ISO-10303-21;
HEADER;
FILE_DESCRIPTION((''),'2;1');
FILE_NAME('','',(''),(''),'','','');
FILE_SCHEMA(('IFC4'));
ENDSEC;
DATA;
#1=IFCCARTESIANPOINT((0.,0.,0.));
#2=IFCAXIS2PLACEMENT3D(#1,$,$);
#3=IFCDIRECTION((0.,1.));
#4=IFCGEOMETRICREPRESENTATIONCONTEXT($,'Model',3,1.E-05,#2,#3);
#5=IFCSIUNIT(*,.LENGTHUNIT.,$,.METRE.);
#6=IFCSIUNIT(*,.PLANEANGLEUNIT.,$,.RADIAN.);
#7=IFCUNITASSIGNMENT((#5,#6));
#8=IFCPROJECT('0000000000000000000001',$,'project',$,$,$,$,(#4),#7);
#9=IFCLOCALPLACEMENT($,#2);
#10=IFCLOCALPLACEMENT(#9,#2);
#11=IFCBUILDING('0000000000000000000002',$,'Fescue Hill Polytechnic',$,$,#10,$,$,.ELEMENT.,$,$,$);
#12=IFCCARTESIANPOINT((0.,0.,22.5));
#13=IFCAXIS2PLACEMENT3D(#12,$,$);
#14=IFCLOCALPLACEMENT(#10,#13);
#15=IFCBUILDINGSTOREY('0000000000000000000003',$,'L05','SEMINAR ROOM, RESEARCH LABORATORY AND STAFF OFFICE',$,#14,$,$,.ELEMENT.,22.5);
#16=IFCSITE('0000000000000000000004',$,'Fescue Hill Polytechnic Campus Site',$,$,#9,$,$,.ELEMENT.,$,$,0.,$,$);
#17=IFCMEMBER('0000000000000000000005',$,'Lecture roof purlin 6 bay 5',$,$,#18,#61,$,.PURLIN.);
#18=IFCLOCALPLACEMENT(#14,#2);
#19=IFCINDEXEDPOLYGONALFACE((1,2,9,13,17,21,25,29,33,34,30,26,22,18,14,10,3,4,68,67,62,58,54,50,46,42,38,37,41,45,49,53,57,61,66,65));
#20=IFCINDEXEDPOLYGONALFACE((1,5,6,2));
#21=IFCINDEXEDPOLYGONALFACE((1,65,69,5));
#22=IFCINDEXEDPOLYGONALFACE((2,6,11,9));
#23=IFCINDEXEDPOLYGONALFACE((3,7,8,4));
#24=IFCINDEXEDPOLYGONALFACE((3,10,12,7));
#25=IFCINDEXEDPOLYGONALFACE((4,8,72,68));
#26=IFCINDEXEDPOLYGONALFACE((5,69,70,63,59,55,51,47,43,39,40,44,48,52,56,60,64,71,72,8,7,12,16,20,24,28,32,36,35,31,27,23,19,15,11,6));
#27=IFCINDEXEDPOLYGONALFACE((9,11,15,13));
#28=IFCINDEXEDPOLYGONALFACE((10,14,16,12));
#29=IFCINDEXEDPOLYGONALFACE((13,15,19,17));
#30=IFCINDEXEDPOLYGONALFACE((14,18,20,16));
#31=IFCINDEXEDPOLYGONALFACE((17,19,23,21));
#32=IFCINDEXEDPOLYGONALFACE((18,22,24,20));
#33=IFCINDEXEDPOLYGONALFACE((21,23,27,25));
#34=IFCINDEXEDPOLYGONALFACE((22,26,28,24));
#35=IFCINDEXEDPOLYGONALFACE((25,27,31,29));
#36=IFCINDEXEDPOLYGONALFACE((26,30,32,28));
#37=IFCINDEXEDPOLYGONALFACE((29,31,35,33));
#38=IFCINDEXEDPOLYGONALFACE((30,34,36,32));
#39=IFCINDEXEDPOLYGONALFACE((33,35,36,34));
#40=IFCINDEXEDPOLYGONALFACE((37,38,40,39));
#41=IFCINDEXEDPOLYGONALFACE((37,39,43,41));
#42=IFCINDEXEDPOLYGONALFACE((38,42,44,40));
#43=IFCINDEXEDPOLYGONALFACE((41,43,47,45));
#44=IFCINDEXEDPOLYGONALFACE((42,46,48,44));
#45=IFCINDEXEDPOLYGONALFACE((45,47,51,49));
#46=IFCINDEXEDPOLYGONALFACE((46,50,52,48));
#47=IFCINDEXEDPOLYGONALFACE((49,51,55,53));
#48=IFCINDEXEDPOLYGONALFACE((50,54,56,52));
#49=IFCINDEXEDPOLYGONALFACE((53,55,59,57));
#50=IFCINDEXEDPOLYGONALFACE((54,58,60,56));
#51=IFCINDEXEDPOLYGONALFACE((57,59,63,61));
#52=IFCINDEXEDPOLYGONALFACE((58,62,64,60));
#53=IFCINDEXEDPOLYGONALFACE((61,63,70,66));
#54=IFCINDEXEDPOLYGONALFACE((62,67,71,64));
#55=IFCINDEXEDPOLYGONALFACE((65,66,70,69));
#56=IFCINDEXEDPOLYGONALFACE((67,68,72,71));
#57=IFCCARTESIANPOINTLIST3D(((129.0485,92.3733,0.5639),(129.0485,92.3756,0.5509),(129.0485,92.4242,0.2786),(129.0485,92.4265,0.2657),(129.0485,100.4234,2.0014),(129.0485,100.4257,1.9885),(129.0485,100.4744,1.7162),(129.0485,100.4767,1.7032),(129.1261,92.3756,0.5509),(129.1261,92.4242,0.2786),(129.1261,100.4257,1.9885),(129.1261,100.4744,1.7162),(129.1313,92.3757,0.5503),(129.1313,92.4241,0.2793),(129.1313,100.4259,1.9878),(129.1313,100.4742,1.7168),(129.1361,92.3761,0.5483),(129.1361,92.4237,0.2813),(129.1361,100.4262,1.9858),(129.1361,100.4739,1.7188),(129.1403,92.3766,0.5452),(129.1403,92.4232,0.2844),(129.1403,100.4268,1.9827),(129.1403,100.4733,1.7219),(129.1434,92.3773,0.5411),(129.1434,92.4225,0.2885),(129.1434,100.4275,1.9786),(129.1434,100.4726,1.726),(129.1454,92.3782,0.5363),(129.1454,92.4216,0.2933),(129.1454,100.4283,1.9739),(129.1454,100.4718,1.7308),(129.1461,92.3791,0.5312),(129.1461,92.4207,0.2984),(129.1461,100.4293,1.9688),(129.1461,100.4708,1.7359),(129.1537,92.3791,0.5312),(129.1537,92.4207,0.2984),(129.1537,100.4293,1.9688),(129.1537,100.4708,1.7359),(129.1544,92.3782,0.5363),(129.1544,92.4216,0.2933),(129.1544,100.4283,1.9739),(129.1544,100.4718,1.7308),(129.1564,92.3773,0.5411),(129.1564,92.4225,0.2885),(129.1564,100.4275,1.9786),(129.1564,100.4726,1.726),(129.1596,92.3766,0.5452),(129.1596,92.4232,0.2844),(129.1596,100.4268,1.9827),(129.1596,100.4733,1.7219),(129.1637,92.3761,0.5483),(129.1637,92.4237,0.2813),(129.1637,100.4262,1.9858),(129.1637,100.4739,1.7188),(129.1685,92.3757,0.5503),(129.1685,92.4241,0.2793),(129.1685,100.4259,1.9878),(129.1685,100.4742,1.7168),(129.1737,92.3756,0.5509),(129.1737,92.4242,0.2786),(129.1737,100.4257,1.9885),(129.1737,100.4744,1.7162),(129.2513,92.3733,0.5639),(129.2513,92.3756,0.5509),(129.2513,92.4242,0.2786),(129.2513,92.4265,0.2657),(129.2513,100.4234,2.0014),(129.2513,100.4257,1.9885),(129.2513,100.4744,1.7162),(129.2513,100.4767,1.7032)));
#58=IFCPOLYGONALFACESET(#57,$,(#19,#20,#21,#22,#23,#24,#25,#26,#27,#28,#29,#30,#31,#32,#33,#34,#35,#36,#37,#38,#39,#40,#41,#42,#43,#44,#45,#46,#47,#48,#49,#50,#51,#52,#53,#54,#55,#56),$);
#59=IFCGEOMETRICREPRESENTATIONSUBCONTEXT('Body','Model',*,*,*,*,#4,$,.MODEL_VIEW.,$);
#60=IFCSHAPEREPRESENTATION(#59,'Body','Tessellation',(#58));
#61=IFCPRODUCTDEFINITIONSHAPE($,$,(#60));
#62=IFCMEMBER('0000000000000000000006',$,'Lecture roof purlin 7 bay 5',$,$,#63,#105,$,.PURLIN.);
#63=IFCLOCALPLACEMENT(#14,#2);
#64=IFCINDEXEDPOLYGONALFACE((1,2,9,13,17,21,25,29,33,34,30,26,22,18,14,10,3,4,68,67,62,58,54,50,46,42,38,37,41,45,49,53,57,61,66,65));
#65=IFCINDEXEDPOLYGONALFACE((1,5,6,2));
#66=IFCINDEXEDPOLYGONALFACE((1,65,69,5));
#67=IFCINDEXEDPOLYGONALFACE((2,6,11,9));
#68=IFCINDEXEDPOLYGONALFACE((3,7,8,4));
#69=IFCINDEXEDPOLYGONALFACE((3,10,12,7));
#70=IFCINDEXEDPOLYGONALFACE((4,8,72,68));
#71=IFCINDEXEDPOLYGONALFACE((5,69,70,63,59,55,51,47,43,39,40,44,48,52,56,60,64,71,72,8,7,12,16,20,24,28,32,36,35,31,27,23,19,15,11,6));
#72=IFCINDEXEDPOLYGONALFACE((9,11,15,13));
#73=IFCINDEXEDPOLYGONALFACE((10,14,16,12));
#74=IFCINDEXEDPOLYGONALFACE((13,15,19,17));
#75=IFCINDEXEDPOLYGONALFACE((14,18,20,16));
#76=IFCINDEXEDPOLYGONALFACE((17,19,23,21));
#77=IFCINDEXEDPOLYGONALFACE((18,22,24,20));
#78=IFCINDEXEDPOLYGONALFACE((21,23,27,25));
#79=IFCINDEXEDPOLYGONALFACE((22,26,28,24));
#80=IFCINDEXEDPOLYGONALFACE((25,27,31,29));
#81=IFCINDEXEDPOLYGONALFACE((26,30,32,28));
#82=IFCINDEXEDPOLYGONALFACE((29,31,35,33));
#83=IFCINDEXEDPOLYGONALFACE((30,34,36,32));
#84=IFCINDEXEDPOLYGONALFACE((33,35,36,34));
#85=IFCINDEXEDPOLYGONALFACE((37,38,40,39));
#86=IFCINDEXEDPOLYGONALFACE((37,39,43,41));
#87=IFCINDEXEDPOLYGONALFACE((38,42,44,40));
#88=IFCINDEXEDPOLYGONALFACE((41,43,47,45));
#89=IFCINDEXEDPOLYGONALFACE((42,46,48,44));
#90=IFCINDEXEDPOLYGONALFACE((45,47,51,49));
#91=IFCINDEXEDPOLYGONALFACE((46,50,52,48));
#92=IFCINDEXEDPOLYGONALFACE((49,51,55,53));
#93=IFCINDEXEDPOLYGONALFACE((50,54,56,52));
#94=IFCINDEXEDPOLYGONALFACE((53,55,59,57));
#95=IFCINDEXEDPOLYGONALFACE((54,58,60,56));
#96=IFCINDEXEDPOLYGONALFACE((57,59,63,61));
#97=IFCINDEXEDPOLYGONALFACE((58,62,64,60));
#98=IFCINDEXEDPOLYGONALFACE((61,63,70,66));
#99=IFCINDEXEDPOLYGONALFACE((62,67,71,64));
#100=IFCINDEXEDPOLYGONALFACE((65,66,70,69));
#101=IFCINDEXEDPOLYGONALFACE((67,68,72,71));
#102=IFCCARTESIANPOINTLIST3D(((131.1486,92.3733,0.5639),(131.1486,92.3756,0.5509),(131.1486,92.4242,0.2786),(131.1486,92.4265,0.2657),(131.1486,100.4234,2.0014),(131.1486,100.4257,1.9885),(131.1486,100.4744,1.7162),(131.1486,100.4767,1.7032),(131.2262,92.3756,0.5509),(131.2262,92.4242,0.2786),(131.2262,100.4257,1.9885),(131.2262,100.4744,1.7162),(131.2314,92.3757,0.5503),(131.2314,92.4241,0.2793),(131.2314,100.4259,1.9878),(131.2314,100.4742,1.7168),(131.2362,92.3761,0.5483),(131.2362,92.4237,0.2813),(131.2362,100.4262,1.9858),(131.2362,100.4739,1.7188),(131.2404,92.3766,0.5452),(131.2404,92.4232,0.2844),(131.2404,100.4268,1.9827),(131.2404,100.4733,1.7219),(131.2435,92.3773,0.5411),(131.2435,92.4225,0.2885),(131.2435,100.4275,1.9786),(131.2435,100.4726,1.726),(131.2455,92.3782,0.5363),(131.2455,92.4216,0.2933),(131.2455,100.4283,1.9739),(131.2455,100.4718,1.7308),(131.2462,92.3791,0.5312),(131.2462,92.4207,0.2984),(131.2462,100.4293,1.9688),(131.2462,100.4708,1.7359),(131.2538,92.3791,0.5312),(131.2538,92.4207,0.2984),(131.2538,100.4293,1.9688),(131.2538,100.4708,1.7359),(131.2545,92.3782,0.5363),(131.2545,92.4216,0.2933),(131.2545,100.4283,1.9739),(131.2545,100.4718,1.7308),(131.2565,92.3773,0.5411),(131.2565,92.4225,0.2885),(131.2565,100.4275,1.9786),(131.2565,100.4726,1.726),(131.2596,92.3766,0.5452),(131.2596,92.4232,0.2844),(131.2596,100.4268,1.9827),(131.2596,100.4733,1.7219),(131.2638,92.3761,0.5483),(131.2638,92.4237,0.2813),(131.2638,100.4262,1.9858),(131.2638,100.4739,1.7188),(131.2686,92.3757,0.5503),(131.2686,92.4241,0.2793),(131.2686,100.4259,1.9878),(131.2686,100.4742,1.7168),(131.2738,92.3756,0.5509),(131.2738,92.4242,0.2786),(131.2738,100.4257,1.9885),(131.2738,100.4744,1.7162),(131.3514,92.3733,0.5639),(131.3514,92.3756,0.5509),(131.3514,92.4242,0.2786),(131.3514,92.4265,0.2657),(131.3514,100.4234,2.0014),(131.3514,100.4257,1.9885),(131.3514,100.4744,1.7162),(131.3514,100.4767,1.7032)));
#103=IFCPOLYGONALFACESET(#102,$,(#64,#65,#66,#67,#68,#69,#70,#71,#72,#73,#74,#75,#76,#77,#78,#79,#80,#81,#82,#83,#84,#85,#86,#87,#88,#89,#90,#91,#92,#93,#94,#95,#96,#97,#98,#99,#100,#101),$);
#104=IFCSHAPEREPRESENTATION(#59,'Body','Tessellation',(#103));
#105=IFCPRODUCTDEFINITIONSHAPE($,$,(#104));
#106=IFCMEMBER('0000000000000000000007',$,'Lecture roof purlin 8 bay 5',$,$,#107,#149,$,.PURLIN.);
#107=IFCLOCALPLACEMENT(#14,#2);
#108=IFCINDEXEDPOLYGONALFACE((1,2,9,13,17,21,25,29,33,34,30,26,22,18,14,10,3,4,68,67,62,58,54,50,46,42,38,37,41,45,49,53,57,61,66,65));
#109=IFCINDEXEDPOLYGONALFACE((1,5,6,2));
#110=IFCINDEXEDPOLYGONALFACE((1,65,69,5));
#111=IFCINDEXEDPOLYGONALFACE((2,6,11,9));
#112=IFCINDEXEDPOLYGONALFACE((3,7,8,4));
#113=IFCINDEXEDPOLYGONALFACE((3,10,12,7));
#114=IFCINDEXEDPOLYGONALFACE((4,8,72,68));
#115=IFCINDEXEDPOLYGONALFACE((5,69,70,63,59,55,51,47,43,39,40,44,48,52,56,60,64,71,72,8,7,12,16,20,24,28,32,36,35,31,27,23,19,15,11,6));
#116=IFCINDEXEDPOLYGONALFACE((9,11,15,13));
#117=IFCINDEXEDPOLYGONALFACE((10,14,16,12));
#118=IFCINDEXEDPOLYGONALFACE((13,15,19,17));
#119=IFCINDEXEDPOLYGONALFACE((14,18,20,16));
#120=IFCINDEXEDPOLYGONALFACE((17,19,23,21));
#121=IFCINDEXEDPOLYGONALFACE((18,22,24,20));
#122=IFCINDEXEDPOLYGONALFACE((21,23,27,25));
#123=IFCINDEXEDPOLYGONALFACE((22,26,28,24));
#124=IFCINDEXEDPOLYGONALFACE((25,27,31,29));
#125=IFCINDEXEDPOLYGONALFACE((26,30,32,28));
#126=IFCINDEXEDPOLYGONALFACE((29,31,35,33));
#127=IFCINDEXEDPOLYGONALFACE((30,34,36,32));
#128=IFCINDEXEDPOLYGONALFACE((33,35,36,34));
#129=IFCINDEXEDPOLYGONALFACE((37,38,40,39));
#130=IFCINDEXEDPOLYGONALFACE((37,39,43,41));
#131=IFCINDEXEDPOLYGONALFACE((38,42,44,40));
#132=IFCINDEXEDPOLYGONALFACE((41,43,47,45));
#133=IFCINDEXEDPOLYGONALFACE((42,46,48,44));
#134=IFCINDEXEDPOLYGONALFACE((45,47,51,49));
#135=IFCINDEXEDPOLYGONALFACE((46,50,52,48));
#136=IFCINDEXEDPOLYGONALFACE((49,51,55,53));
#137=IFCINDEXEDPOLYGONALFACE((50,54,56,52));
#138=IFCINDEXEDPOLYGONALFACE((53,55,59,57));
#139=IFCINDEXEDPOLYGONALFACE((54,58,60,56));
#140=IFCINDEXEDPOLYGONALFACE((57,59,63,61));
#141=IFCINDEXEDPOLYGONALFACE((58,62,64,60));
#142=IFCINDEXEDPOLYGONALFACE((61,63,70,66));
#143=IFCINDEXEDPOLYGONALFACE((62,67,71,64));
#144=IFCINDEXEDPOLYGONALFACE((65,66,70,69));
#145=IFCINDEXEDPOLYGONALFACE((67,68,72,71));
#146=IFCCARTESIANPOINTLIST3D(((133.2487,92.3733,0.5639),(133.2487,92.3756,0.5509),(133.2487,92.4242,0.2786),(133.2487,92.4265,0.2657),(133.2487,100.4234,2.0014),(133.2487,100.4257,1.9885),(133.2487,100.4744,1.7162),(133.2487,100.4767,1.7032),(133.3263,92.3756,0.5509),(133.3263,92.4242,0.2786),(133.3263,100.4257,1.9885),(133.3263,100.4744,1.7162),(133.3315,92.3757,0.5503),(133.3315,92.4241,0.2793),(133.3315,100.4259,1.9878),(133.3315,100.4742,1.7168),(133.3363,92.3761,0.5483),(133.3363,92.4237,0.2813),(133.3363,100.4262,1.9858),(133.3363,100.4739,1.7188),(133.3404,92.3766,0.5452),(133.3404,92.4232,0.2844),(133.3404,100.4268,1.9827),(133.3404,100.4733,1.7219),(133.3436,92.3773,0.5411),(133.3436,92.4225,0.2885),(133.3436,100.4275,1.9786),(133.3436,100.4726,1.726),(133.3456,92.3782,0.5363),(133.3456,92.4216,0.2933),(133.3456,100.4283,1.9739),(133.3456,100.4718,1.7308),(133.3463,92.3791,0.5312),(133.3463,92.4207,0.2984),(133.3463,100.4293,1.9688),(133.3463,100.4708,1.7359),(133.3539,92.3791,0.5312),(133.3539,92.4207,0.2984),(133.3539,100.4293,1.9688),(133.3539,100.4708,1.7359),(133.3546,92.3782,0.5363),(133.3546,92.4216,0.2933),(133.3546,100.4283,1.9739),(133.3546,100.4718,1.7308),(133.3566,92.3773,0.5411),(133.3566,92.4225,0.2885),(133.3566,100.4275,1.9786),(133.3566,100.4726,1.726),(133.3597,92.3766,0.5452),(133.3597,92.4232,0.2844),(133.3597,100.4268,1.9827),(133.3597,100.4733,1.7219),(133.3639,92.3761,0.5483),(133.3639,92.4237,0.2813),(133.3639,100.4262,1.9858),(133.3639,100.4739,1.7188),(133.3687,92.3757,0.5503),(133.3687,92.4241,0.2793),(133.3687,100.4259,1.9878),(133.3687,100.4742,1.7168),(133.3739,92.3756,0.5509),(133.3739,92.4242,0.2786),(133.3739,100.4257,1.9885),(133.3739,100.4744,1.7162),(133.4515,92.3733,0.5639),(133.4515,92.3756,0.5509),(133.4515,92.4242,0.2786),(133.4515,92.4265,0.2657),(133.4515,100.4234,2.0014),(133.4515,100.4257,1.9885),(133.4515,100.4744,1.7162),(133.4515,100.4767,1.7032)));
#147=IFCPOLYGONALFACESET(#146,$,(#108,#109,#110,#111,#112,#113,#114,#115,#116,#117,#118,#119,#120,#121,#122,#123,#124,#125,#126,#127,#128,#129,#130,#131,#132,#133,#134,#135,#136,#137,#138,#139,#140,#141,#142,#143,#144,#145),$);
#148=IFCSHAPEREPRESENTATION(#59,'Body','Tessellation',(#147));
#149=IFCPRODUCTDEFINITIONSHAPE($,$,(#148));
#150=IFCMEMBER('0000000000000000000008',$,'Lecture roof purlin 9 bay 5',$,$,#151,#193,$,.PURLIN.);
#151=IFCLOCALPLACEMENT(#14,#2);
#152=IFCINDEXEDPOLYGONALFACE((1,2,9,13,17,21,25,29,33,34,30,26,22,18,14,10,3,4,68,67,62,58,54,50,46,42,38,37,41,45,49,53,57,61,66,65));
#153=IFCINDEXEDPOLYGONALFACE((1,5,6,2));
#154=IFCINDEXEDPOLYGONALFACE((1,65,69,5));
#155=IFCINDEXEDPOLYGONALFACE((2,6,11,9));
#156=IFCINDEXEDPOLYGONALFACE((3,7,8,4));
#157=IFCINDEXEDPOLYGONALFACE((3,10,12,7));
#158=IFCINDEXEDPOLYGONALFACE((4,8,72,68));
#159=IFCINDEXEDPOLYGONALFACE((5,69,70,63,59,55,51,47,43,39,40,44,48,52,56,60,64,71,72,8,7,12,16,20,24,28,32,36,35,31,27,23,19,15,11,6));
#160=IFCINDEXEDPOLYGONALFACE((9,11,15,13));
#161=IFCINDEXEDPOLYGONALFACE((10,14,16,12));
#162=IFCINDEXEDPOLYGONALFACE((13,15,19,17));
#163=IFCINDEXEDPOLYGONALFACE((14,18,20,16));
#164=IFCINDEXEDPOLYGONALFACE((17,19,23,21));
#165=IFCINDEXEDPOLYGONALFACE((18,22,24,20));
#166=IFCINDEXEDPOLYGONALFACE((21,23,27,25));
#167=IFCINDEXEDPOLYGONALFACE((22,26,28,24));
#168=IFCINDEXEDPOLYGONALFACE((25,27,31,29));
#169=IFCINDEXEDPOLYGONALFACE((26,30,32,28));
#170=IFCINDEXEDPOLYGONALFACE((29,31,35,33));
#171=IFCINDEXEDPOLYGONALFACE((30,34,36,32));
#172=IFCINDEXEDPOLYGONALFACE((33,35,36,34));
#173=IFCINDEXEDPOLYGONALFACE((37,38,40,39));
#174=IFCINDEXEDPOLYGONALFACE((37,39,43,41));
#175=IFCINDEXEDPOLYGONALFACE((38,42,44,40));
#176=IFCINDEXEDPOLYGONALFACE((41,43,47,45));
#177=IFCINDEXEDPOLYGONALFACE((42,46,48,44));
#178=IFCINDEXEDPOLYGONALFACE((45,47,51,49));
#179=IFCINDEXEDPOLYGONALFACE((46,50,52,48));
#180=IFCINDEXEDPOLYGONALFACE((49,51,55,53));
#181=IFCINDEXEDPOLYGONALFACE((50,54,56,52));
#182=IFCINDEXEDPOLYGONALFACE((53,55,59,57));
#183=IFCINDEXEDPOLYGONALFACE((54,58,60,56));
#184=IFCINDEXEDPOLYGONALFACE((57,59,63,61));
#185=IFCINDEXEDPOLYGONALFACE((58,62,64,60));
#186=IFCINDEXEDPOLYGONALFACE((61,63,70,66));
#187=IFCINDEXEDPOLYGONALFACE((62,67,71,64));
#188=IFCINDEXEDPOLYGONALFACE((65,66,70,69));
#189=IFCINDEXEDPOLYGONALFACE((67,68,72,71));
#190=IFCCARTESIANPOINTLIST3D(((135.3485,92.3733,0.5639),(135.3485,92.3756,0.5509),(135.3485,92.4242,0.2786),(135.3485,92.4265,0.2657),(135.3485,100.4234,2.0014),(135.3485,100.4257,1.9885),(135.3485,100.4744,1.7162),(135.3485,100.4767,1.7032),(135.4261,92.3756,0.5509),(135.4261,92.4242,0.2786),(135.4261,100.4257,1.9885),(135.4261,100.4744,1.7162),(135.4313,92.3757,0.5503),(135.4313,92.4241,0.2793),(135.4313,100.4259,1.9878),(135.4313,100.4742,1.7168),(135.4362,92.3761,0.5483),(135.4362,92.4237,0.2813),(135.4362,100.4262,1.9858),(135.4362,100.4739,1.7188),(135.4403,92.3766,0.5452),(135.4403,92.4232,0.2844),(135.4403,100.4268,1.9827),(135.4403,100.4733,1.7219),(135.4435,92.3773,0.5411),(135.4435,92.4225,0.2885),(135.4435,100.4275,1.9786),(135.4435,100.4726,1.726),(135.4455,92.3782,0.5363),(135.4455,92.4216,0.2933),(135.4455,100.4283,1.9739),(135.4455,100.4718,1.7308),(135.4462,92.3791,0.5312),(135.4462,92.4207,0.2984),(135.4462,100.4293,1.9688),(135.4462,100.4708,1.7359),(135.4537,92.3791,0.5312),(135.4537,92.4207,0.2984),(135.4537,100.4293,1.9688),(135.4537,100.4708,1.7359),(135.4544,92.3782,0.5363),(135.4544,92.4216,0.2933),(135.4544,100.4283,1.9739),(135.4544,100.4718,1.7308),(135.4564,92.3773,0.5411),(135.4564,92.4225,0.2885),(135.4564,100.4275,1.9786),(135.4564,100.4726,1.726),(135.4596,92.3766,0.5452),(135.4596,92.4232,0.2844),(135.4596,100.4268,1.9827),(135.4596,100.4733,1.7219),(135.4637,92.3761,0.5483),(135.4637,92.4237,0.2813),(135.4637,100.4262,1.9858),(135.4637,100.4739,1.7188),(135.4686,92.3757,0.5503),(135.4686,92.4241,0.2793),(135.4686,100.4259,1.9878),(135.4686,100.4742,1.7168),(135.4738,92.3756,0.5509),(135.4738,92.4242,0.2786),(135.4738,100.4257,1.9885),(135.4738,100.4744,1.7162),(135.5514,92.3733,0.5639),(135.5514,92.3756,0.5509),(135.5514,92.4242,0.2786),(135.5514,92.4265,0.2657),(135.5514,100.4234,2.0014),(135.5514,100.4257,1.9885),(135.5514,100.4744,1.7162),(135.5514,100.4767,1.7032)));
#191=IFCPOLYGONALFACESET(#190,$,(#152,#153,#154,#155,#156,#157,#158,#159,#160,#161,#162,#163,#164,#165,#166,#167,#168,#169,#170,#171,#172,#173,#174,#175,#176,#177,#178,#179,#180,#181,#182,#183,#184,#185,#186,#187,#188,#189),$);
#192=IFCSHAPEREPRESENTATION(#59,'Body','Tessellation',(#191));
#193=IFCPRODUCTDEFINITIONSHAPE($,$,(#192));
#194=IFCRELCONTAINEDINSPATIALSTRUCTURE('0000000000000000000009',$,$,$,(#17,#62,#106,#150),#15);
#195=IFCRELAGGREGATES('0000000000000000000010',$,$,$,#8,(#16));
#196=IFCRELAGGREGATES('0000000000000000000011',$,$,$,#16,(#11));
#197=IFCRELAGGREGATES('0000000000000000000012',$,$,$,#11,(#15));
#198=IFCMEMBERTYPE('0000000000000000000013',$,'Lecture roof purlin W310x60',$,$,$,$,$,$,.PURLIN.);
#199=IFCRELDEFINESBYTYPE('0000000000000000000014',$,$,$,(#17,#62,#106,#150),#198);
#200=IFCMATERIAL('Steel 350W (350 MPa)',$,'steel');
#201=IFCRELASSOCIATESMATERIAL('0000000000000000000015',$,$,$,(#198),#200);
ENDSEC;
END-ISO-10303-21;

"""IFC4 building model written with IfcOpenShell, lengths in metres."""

from ifc_helpers import new_model, si_unit, direction, frame, origin, origin_2d, place, context, subcontext, project, spatial, i_section, extrude, material, material_profile, profile_set, type_object, element, save


model = new_model("IFC4")

# Units and contexts
model_context = context("Model", 3, precision=1e-05, world=origin(), true_north=direction((0.0, 1.0)))
body_context = subcontext(model_context, "Body", "Model", "MODEL_VIEW")
ifc_project = project(units=[si_unit("LENGTHUNIT", "METRE"), si_unit("PLANEANGLEUNIT", "RADIAN")], contexts=[model_context])

# Site, building, storey
site_placement = place(None, origin())
site = spatial("IfcSite", under=ifc_project, at=site_placement, Name="Fescue Hill Polytechnic Campus Site", CompositionType="ELEMENT", RefElevation=0.0)
building_placement = place(site_placement, origin())
building = spatial("IfcBuilding", under=site, at=building_placement, Name="Fescue Hill Polytechnic", CompositionType="ELEMENT")
storey_placement = place(building_placement, frame((0.0, 0.0, 22.5)))
storey = spatial("IfcBuildingStorey", under=building, at=storey_placement, Name="L05", Description="SEMINAR ROOM, RESEARCH LABORATORY AND STAFF OFFICE", CompositionType="ELEMENT", Elevation=22.5)

# Shared definitions
ifc_material_1 = material(Name="Steel 350W (350 MPa)", Category="steel")

# Members
ifc_material_profile_1 = material_profile(ifc_material_1, i_section(OverallWidth=0.2029, OverallDepth=0.303, WebThickness=0.0076, FlangeThickness=0.0132, FilletRadius=0.02, at=origin_2d()), Name="W310x60")
ifc_profile_set_1 = profile_set([ifc_material_profile_1], Name="Steel 350W (350 MPa)")
member_type = type_object("IfcMemberType", Name="Lecture roof purlin W310x60", PredefinedType="PURLIN", material=ifc_profile_set_1)
for number, where, z_axis, x_axis, name in (
    (1, (129.1499, 92.3999, 0.4148), (0.0, 0.984428, 0.17579), (-1.0, 0.0, 0.0), "Lecture roof purlin 6 bay 5"),
    (2, (131.25, 92.3999, 0.4148), (0.0, 0.984428, 0.17579), (-1.0, 0.0, 0.0), "Lecture roof purlin 7 bay 5"),
    (3, (133.3501, 92.3999, 0.4148), (0.0, 0.984428, 0.17579), (-1.0, 0.0, 0.0), "Lecture roof purlin 8 bay 5"),
    (4, (135.45, 92.3999, 0.4148), (0.0, 0.984428, 0.17579), (-1.0, 0.0, 0.0), "Lecture roof purlin 9 bay 5"),
):
    element("IfcMember", number, at=place(storey_placement, frame(where, z_axis=z_axis, x_axis=x_axis)), inside=storey, type_object=member_type, Name=name, PredefinedType="PURLIN", context=body_context, shape_type="SweptSolid", body=[
        extrude(i_section(OverallWidth=0.2029, OverallDepth=0.303, WebThickness=0.0076, FlangeThickness=0.0132, FilletRadius=0.02, at=origin_2d()), origin(), (0.0, 0.0, 1.0), 8.1775),
    ])

save(model, "model.ifc")
